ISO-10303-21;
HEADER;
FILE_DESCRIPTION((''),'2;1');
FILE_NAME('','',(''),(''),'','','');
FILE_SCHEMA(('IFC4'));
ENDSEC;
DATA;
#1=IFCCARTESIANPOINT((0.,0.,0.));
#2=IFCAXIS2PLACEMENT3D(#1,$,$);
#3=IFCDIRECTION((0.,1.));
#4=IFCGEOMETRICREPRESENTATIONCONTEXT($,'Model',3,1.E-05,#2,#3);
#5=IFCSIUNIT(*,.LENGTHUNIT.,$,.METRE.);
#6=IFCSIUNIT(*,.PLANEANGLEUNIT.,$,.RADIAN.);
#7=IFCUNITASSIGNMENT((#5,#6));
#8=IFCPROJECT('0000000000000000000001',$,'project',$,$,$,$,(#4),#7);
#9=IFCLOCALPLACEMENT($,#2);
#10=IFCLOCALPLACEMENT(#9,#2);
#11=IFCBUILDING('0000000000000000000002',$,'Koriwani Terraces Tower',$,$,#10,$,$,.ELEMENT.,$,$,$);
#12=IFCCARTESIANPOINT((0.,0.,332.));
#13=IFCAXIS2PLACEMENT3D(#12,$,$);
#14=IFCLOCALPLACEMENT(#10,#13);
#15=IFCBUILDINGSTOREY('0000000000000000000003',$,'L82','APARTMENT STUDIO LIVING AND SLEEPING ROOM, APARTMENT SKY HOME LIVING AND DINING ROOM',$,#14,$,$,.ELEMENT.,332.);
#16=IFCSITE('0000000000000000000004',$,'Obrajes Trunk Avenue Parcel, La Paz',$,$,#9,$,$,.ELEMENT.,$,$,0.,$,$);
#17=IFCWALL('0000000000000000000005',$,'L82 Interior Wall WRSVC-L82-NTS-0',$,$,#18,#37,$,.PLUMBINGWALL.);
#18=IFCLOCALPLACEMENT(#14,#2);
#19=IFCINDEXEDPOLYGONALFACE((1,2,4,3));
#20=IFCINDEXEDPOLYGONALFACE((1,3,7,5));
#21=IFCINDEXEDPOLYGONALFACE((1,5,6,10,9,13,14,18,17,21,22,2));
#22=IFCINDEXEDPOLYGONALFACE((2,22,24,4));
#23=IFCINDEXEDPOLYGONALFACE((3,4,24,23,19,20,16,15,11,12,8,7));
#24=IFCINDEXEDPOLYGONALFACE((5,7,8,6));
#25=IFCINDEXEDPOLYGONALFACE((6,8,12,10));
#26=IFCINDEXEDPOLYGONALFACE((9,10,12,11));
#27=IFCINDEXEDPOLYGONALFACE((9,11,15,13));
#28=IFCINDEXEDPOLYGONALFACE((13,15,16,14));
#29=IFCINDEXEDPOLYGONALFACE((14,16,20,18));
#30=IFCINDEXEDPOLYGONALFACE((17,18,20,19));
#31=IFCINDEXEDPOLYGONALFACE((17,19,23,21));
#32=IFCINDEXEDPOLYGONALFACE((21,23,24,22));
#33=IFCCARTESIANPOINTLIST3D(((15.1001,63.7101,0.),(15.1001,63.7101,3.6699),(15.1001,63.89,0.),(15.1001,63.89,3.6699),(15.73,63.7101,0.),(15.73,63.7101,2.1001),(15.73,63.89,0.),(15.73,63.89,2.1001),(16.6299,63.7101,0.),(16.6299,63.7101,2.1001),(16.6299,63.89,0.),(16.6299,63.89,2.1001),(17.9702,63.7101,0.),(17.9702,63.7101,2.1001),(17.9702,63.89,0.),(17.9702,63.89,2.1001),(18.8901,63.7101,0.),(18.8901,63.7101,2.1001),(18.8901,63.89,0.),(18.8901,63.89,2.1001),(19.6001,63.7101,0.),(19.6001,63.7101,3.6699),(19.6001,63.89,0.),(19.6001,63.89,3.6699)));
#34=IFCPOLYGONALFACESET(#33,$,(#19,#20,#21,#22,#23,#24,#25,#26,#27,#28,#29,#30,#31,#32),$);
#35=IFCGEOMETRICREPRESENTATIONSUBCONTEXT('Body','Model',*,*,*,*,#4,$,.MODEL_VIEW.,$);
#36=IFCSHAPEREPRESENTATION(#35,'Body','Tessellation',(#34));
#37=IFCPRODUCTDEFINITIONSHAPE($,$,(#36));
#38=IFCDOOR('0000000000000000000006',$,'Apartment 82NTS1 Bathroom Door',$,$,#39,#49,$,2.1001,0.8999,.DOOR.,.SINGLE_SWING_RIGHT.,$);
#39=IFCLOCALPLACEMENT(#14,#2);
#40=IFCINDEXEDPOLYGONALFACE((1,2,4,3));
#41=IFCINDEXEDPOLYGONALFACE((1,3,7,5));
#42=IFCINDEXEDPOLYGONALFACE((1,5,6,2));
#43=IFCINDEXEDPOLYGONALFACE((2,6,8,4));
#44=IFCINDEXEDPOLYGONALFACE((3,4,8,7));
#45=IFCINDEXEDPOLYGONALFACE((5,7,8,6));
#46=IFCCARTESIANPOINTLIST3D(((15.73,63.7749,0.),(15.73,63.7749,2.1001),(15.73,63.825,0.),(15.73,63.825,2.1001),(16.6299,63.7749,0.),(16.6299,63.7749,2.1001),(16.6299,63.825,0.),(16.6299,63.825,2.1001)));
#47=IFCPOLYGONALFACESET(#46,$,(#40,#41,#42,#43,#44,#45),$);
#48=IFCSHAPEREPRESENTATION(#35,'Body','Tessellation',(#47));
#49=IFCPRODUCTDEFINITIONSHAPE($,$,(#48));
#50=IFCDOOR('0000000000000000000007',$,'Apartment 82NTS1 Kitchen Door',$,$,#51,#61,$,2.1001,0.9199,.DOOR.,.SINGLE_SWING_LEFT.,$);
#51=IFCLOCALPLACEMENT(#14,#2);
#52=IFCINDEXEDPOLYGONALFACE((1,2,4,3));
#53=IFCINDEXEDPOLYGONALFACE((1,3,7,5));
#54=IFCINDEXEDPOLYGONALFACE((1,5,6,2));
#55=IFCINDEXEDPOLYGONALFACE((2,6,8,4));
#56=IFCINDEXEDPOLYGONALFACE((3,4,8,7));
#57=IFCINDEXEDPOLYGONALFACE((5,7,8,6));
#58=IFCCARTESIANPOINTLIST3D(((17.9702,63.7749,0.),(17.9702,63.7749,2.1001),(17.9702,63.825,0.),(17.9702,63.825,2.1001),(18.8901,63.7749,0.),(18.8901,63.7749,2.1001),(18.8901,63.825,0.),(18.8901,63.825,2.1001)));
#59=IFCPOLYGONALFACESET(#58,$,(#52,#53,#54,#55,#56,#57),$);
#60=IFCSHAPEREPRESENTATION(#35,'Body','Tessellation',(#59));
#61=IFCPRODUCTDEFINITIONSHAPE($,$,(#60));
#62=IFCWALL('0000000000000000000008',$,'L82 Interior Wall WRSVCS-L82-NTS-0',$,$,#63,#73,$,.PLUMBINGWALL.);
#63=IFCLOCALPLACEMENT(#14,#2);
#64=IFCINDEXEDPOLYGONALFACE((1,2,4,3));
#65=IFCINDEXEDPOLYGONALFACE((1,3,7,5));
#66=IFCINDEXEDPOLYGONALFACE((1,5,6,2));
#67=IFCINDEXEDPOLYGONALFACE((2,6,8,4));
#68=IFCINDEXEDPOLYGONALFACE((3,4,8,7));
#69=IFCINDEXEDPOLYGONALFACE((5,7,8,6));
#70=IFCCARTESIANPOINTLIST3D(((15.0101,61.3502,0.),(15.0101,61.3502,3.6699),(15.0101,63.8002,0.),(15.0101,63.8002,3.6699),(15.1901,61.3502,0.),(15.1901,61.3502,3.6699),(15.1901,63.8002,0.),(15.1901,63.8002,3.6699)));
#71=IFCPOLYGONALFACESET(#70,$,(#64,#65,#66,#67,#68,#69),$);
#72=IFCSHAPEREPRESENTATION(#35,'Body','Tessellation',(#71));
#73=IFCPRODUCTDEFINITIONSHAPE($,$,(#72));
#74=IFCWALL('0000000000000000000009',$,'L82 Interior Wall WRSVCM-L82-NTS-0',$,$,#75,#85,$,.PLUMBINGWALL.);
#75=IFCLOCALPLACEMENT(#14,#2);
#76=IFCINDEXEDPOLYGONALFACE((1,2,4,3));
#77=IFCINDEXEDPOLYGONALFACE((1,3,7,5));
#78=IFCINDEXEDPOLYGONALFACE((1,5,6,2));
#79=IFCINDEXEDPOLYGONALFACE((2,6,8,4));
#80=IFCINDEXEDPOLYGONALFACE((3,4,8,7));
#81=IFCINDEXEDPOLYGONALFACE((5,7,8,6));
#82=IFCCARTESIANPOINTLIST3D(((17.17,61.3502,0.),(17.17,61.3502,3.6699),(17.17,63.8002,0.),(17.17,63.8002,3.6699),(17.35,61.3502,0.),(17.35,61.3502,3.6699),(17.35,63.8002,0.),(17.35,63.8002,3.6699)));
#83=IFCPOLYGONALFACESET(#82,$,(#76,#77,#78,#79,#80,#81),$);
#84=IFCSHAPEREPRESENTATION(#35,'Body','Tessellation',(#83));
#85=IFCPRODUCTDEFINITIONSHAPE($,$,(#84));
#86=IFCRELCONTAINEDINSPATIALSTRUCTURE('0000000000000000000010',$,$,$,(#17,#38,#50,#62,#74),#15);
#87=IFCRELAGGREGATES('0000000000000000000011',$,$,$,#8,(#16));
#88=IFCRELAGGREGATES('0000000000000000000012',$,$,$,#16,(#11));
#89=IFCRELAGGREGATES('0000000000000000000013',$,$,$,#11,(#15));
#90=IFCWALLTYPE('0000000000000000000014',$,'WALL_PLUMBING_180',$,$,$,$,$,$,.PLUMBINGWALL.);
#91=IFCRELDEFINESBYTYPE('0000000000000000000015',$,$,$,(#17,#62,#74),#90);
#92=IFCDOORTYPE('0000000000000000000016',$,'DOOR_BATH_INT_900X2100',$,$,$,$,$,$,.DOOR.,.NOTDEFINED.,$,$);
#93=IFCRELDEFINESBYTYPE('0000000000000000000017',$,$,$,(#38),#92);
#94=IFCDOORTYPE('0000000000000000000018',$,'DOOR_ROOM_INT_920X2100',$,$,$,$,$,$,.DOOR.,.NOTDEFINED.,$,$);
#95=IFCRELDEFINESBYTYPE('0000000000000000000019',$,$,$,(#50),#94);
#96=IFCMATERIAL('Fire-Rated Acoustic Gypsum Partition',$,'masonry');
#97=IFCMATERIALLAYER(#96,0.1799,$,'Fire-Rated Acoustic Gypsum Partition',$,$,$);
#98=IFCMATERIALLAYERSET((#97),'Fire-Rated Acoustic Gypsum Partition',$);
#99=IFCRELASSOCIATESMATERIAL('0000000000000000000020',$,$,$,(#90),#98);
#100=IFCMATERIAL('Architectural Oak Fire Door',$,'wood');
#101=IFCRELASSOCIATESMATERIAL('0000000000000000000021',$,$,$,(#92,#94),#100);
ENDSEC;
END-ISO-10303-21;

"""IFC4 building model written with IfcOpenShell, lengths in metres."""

from ifc_helpers import new_model, si_unit, direction, frame, frame_2d, origin, place, context, subcontext, project, spatial, rectangle, extrude, material, layer, layer_set, type_object, element, fill, save


model = new_model("IFC4")

# Units and contexts
model_context = context("Model", 3, precision=1e-05, world=origin(), true_north=direction((0.0, 1.0)))
body_context = subcontext(model_context, "Body", "Model", "MODEL_VIEW")
ifc_project = project(units=[si_unit("LENGTHUNIT", "METRE"), si_unit("PLANEANGLEUNIT", "RADIAN")], contexts=[model_context])

# Site, building, storey
site_placement = place(None, origin())
site = spatial("IfcSite", under=ifc_project, at=site_placement, Name="Obrajes Trunk Avenue Parcel, La Paz", CompositionType="ELEMENT", RefElevation=0.0)
building_placement = place(site_placement, origin())
building = spatial("IfcBuilding", under=site, at=building_placement, Name="Koriwani Terraces Tower", CompositionType="ELEMENT")
storey_placement = place(building_placement, frame((0.0, 0.0, 332.0)))
storey = spatial("IfcBuildingStorey", under=building, at=storey_placement, Name="L82", Description="APARTMENT STUDIO LIVING AND SLEEPING ROOM, APARTMENT SKY HOME LIVING AND DINING ROOM", CompositionType="ELEMENT", Elevation=332.0)

# Shared definitions
ifc_material_1 = material(Name="Architectural Oak Fire Door", Category="wood")

# Wall, openings, doors
ifc_material_2 = material(Name="Fire-Rated Acoustic Gypsum Partition", Category="masonry")
ifc_layer_1 = layer(ifc_material_2, 0.1799, Name="Fire-Rated Acoustic Gypsum Partition")
ifc_layer_set_1 = layer_set([ifc_layer_1], Name="Fire-Rated Acoustic Gypsum Partition")
wall_type_1 = type_object("IfcWallType", Name="WALL_PLUMBING_180", PredefinedType="PLUMBINGWALL", material=ifc_layer_set_1)
wall_1_placement = place(storey_placement, frame((15.1001, 63.8, 0.0), z_axis=(0.0, 0.0, 1.0), x_axis=(1.0, 0.0, 0.0)))
wall_1 = element("IfcWall", 1, at=wall_1_placement, inside=storey, type_object=wall_type_1, Name="L82 Interior Wall WRSVC-L82-NTS-0", PredefinedType="PLUMBINGWALL", context=body_context, shape_type="SweptSolid", body=[
    extrude(rectangle(XDim=4.5, YDim=0.1799, at=frame_2d((2.25, 0.0))), origin(), (0.0, 0.0, 1.0), 3.6699),
])
opening_1_placement = place(wall_1_placement, frame((0.6299, 0.0, 0.0)))
opening_1 = element("IfcOpeningElement", 2, at=opening_1_placement, cuts=wall_1, PredefinedType="OPENING", context=body_context, shape_type="SweptSolid", body=[
    extrude(rectangle(XDim=0.8999, YDim=2.1001, at=frame_2d((0.45, 1.05))), frame((0.0, 0.1001, 0.0), z_axis=(0.0, -1.0, 0.0), x_axis=(1.0, 0.0, 0.0)), (0.0, 0.0, 1.0), 0.2),
])
opening_2_placement = place(wall_1_placement, frame((2.8701, 0.0, 0.0)))
opening_2 = element("IfcOpeningElement", 3, at=opening_2_placement, cuts=wall_1, PredefinedType="OPENING", context=body_context, shape_type="SweptSolid", body=[
    extrude(rectangle(XDim=0.9199, YDim=2.1001, at=frame_2d((0.46, 1.05))), frame((0.0, 0.1001, 0.0), z_axis=(0.0, -1.0, 0.0), x_axis=(1.0, 0.0, 0.0)), (0.0, 0.0, 1.0), 0.2),
])
door_type_1 = type_object("IfcDoorType", Name="DOOR_BATH_INT_900X2100", OperationType="NOTDEFINED", PredefinedType="DOOR", material=ifc_material_1)
door_1_placement = place(opening_1_placement, origin())
door_1 = element("IfcDoor", 4, at=door_1_placement, inside=storey, type_object=door_type_1, Name="Apartment 82NTS1 Bathroom Door", OperationType="SINGLE_SWING_RIGHT", OverallHeight=2.1001, OverallWidth=0.8999, PredefinedType="DOOR", context=body_context, shape_type="SweptSolid", body=[
    extrude(rectangle(XDim=0.8999, YDim=2.1001, at=frame_2d((0.45, 1.05))), frame((0.0, 0.0249, 0.0), z_axis=(0.0, -1.0, 0.0), x_axis=(1.0, 0.0, 0.0)), (0.0, 0.0, 1.0), 0.05),
])
fill(opening_1, door_1)
door_type_2 = type_object("IfcDoorType", Name="DOOR_ROOM_INT_920X2100", OperationType="NOTDEFINED", PredefinedType="DOOR", material=ifc_material_1)
door_2_placement = place(opening_2_placement, origin())
door_2 = element("IfcDoor", 5, at=door_2_placement, inside=storey, type_object=door_type_2, Name="Apartment 82NTS1 Kitchen Door", OperationType="SINGLE_SWING_LEFT", OverallHeight=2.1001, OverallWidth=0.9199, PredefinedType="DOOR", context=body_context, shape_type="SweptSolid", body=[
    extrude(rectangle(XDim=0.9199, YDim=2.1001, at=frame_2d((0.46, 1.05))), frame((0.0, 0.0249, 0.0), z_axis=(0.0, -1.0, 0.0), x_axis=(1.0, 0.0, 0.0)), (0.0, 0.0, 1.0), 0.05),
])
fill(opening_2, door_2)

# Walls
for number, where, z_axis, x_axis, name in (
    (6, (15.1001, 61.3501, 0.0), (0.0, 0.0, 1.0), (0.0, 1.0, 0.0), "L82 Interior Wall WRSVCS-L82-NTS-0"),
    (7, (17.26, 61.3501, 0.0), (0.0, 0.0, 1.0), (0.0, 1.0, 0.0), "L82 Interior Wall WRSVCM-L82-NTS-0"),
):
    element("IfcWall", number, at=place(storey_placement, frame(where, z_axis=z_axis, x_axis=x_axis)), inside=storey, type_object=wall_type_1, Name=name, PredefinedType="PLUMBINGWALL", context=body_context, shape_type="SweptSolid", body=[
        extrude(rectangle(XDim=2.45, YDim=0.1799, at=frame_2d((1.2251, 0.0))), origin(), (0.0, 0.0, 1.0), 3.6699),
    ])

save(model, "model.ifc")
